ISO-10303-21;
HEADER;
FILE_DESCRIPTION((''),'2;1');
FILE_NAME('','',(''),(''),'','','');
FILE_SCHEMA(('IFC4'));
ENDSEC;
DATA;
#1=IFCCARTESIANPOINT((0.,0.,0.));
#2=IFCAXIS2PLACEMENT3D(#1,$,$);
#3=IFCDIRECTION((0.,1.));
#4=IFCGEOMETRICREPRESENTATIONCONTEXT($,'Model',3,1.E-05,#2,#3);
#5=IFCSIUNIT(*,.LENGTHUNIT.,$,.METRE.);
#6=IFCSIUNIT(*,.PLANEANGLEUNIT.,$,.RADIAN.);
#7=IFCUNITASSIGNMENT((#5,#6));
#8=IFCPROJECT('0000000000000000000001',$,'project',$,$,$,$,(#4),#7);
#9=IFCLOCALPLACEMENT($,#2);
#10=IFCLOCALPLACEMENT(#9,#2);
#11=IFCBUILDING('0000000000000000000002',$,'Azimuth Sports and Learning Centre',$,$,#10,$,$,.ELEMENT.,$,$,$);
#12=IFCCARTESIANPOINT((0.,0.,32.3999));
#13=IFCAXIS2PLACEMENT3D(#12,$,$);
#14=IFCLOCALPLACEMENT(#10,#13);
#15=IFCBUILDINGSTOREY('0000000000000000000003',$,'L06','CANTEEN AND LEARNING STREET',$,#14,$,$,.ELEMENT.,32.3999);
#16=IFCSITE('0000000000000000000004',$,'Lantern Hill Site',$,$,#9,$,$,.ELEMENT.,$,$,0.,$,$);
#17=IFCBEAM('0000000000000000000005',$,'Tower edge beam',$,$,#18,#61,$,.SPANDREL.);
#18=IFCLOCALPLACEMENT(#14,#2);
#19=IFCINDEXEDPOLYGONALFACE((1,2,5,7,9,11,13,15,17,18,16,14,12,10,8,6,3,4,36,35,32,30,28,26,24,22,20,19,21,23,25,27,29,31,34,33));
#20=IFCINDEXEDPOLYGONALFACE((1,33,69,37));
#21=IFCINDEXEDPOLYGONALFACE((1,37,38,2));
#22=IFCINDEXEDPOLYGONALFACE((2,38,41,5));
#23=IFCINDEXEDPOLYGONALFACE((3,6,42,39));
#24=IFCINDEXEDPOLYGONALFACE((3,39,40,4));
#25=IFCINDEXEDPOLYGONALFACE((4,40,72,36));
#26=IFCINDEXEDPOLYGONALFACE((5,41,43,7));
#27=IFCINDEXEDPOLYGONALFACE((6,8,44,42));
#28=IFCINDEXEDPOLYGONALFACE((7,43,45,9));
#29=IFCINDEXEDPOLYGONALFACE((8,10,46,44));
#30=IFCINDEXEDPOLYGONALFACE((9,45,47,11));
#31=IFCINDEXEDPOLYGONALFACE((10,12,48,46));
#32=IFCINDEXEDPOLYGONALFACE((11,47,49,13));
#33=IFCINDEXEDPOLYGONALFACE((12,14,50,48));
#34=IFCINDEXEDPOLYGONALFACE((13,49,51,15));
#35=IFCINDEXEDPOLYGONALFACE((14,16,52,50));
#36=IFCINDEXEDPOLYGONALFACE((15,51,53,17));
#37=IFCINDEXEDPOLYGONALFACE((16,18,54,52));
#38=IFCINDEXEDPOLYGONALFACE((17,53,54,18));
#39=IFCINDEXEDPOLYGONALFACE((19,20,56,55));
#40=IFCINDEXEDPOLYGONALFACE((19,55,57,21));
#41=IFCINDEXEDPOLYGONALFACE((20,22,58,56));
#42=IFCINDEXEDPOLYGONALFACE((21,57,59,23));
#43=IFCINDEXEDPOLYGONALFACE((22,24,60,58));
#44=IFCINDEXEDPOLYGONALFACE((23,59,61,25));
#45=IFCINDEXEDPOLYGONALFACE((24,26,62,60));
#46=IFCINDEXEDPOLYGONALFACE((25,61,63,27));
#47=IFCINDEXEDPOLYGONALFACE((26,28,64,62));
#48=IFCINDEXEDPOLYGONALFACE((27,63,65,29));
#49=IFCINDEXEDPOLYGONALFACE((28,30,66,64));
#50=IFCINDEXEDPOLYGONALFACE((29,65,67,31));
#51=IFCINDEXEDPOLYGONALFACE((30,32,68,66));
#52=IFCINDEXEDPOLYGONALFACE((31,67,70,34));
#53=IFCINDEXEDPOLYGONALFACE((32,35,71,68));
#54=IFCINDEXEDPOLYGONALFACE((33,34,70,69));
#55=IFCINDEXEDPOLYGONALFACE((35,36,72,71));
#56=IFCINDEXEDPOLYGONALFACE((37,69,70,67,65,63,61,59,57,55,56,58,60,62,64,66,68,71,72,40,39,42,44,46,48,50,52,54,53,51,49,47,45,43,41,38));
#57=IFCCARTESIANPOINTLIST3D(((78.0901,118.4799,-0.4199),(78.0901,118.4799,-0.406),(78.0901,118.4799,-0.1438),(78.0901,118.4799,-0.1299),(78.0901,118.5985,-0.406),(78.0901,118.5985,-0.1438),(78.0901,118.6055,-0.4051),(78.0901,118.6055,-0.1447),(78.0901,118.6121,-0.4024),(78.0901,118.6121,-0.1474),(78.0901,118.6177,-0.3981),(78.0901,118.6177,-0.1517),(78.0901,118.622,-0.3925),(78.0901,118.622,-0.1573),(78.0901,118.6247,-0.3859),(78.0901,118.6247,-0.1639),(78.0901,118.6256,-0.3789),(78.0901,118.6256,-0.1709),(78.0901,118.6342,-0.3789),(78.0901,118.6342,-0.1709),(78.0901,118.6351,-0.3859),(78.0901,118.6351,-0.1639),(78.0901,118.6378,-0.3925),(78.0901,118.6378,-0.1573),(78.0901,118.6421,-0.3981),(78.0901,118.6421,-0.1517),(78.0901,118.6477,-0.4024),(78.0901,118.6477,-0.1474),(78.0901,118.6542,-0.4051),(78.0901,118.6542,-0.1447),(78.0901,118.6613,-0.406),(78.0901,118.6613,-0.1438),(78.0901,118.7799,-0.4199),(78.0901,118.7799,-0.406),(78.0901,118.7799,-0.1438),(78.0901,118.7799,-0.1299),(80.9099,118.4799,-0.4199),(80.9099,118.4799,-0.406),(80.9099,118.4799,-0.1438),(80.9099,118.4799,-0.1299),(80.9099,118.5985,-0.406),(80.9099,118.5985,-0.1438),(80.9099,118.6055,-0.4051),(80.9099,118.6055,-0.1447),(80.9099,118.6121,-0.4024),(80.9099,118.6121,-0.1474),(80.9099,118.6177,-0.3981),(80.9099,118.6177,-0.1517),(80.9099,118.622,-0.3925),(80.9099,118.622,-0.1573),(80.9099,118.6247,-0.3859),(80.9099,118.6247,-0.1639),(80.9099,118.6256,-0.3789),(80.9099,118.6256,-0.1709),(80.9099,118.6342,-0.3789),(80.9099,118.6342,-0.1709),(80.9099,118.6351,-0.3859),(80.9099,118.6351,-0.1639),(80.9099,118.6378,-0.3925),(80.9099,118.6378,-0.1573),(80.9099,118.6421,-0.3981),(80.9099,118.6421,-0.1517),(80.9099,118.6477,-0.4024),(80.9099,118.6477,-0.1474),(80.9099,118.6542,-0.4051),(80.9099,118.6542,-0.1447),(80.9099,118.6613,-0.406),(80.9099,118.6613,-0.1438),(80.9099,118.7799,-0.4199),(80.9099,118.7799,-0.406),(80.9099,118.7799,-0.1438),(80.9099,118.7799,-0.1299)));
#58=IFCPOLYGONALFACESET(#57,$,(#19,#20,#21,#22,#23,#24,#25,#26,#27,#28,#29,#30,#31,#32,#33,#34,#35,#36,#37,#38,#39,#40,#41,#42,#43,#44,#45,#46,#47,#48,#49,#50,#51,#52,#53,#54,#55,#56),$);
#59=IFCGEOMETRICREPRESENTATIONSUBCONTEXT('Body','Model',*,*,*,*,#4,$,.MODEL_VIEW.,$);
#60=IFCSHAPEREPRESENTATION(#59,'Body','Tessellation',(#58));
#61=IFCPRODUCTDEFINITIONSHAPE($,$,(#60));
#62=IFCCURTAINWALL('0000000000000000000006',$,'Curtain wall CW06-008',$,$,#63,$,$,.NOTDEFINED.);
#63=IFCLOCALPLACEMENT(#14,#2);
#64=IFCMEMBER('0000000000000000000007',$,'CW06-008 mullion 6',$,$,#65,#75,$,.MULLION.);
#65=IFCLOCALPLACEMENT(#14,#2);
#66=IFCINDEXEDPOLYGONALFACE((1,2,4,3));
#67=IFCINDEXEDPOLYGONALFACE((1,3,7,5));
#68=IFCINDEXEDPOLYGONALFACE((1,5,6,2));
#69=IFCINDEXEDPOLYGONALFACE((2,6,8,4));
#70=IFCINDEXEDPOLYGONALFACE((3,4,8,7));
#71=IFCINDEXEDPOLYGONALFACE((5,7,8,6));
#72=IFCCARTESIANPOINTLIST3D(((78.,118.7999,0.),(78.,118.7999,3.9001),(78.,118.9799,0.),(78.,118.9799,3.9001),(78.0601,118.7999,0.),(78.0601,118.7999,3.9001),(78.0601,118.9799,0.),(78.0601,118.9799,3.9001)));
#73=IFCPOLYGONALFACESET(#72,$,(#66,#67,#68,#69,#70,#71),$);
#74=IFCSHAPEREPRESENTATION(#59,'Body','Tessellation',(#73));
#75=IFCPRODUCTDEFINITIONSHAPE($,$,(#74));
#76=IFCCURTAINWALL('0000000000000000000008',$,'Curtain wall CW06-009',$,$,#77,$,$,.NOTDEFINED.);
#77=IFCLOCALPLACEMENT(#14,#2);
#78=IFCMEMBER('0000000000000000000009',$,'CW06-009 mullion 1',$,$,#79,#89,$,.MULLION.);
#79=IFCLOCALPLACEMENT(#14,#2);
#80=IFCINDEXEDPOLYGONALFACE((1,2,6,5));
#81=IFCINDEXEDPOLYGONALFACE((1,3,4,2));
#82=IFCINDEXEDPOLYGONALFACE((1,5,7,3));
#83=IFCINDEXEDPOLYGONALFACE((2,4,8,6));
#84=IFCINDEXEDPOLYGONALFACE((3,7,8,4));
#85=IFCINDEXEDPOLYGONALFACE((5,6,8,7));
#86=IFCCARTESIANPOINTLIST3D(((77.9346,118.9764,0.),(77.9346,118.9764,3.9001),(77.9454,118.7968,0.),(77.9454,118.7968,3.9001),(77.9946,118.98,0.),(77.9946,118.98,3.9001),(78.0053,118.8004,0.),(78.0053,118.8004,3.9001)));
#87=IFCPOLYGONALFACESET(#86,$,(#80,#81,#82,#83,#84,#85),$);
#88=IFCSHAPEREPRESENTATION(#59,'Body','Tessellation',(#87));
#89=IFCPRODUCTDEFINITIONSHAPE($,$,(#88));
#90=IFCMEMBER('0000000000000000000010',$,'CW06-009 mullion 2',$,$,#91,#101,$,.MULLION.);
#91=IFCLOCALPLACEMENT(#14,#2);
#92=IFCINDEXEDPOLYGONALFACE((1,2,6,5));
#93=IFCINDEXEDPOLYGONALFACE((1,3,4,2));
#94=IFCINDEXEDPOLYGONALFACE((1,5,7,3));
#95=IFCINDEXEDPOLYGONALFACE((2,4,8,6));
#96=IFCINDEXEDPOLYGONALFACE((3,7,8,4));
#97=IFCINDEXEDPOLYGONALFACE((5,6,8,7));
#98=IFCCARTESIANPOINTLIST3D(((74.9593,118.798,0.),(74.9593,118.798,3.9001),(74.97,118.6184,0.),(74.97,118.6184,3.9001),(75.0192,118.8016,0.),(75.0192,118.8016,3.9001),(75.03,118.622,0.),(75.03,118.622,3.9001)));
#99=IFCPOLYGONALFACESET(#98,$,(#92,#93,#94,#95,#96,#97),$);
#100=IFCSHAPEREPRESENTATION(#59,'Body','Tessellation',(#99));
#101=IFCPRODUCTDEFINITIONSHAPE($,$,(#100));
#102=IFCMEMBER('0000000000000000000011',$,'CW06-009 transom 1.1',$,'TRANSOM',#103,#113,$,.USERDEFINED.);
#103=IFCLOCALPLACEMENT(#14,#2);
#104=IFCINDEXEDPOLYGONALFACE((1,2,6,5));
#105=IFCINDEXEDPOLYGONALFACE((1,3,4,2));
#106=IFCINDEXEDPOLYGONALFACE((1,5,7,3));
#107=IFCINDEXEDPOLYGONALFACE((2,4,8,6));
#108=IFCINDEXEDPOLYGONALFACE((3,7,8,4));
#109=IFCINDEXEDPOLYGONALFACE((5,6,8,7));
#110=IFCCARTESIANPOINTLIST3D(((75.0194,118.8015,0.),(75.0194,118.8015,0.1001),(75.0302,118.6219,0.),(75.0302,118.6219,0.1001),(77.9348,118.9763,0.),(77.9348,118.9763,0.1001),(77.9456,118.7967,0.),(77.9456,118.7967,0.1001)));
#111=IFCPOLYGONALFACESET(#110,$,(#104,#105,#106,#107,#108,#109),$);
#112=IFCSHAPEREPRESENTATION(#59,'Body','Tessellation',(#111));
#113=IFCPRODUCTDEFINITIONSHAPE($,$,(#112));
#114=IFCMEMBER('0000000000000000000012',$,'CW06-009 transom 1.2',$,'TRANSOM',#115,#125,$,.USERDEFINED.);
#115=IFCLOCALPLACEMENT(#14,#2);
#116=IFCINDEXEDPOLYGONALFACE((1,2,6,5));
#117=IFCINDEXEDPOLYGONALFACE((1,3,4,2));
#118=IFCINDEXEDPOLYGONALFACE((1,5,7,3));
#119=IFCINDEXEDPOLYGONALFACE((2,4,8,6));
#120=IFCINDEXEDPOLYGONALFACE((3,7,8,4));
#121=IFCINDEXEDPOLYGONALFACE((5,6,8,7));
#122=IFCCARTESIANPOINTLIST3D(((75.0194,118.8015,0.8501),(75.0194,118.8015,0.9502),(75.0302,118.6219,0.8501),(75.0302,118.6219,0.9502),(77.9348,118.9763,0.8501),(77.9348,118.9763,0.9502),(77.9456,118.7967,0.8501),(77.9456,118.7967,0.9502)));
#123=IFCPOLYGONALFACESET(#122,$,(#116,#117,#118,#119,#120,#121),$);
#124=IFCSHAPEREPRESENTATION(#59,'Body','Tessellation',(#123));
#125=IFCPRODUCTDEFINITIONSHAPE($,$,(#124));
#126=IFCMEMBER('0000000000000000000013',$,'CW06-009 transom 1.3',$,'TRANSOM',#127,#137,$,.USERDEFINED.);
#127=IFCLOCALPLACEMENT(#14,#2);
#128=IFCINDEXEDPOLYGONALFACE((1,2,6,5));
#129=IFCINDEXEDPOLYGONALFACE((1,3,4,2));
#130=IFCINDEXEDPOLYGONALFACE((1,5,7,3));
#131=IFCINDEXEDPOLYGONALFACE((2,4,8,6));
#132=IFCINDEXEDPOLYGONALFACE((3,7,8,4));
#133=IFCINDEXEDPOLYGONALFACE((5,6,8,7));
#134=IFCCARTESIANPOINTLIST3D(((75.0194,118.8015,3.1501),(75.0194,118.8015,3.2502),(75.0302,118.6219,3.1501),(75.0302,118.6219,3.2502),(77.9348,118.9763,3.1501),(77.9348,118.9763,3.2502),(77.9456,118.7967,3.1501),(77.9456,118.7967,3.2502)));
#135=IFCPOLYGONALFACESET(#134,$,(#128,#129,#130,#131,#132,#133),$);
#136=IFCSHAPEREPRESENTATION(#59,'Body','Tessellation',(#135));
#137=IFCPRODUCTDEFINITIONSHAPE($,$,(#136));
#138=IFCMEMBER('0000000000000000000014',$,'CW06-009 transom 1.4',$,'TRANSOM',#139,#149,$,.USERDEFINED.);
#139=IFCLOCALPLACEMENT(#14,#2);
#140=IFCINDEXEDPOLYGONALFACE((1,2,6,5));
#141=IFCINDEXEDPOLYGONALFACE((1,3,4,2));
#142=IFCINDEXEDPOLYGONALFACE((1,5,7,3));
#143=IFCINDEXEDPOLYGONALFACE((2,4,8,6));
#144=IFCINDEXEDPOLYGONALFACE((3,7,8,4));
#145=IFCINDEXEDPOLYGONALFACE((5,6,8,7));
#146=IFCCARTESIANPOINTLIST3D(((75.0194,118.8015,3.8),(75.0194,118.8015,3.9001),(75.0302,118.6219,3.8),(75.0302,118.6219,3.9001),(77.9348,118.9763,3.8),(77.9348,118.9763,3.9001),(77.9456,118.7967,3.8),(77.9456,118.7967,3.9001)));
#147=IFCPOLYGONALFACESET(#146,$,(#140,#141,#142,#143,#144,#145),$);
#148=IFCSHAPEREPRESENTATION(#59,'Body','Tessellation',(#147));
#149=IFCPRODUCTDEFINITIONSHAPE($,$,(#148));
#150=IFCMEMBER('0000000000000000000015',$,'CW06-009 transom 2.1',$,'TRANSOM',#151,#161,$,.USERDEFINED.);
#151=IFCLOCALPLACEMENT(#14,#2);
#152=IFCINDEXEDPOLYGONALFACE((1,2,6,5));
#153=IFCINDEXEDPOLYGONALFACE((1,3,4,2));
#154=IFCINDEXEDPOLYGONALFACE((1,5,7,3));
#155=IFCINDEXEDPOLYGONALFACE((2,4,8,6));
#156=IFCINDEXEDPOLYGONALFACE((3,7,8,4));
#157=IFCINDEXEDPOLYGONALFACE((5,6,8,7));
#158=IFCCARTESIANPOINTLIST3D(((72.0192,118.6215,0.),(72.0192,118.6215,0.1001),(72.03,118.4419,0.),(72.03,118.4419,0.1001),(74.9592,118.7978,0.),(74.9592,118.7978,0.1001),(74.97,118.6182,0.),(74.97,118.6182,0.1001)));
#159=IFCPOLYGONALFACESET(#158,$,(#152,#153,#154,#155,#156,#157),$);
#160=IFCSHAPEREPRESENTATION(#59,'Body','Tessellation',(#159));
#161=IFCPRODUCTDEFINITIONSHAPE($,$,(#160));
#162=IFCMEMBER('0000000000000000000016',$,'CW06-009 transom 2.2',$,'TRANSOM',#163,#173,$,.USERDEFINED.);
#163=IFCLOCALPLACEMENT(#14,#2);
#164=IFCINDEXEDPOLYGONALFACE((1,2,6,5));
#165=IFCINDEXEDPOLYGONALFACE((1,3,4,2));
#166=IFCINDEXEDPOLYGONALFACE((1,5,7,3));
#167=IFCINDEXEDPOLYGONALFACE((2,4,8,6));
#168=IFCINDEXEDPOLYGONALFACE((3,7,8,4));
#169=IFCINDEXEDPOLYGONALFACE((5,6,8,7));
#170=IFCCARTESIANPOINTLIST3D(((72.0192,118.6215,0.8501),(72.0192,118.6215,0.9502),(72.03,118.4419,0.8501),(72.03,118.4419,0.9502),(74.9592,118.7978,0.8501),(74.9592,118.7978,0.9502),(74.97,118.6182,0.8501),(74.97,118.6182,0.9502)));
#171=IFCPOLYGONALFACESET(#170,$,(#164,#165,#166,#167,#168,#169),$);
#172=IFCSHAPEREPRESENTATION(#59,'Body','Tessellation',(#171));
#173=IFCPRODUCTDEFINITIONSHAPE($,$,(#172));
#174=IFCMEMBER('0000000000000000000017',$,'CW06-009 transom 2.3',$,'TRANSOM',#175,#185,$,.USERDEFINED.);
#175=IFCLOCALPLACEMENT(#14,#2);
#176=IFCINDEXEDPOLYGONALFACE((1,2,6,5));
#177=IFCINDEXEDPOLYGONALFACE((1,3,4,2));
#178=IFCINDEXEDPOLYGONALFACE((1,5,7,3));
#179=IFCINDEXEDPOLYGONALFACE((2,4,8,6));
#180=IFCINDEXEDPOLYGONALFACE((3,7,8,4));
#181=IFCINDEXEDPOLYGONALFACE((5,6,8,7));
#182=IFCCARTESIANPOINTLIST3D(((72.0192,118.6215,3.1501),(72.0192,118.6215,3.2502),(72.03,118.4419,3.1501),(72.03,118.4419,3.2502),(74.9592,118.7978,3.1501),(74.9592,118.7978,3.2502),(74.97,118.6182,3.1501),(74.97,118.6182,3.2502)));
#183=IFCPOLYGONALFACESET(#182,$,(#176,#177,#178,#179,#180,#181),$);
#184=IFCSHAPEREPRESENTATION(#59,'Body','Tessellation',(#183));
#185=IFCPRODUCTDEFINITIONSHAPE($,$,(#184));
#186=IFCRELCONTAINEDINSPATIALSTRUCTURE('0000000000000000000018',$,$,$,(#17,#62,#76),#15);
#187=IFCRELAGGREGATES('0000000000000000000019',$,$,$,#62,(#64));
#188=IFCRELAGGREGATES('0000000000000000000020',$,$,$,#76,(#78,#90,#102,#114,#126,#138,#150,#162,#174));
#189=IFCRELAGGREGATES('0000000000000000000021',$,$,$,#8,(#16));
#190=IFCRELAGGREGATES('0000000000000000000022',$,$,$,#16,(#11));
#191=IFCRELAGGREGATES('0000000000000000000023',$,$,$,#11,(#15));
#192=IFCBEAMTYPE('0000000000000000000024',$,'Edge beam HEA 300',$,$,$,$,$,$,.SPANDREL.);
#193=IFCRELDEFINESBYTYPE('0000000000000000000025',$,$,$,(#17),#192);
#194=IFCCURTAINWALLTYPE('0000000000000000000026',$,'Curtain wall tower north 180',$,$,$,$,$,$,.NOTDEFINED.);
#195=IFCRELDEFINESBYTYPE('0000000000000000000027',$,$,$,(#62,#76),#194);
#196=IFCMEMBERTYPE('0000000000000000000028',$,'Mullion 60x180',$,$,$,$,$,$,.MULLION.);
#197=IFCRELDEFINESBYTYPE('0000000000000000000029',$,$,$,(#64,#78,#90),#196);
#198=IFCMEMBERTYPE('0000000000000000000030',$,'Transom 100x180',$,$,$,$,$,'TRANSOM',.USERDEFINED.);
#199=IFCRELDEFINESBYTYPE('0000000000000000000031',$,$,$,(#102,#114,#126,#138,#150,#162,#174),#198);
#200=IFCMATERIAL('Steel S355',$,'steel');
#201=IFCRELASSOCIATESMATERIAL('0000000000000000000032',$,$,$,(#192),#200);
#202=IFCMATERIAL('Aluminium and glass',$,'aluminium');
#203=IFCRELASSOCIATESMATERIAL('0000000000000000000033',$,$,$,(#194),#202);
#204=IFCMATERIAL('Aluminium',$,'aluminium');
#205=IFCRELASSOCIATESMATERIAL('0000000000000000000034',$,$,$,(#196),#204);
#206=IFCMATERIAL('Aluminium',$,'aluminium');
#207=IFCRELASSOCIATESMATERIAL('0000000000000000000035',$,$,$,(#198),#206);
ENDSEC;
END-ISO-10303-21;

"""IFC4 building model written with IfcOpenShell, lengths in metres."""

from ifc_helpers import new_model, si_unit, direction, frame, origin, origin_2d, place, context, subcontext, project, spatial, rectangle, i_section, extrude, material, material_profile, profile_set, type_object, element, aggregate, save


model = new_model("IFC4")

# Units and contexts
model_context = context("Model", 3, precision=1e-05, world=origin(), true_north=direction((0.0, 1.0)))
body_context = subcontext(model_context, "Body", "Model", "MODEL_VIEW")
ifc_project = project(units=[si_unit("LENGTHUNIT", "METRE"), si_unit("PLANEANGLEUNIT", "RADIAN")], contexts=[model_context])

# Site, building, storey
site_placement = place(None, origin())
site = spatial("IfcSite", under=ifc_project, at=site_placement, Name="Lantern Hill Site", CompositionType="ELEMENT", RefElevation=0.0)
building_placement = place(site_placement, origin())
building = spatial("IfcBuilding", under=site, at=building_placement, Name="Azimuth Sports and Learning Centre", CompositionType="ELEMENT")
storey_placement = place(building_placement, frame((0.0, 0.0, 32.3999)))
storey = spatial("IfcBuildingStorey", under=building, at=storey_placement, Name="L06", Description="CANTEEN AND LEARNING STREET", CompositionType="ELEMENT", Elevation=32.3999)

# Beam
ifc_material_1 = material(Name="Steel S355", Category="steel")
ifc_material_profile_1 = material_profile(ifc_material_1, i_section(OverallWidth=0.3, OverallDepth=0.29, WebThickness=0.0085, FlangeThickness=0.0139, FilletRadius=0.0271, at=origin_2d()), Name="HEA 300")
ifc_profile_set_1 = profile_set([ifc_material_profile_1], Name="Steel S355")
beam_type = type_object("IfcBeamType", Name="Edge beam HEA 300", PredefinedType="SPANDREL", material=ifc_profile_set_1)
beam_placement = place(storey_placement, frame((78.0901, 118.6299, -0.2749), z_axis=(1.0, 0.0, 0.0), x_axis=(0.0, 1.0, 0.0)))
element("IfcBeam", 1, at=beam_placement, inside=storey, type_object=beam_type, Name="Tower edge beam", PredefinedType="SPANDREL", context=body_context, shape_type="SweptSolid", body=[
    extrude(i_section(OverallWidth=0.3, OverallDepth=0.29, WebThickness=0.0085, FlangeThickness=0.0139, FilletRadius=0.0271, at=origin_2d()), origin(), (0.0, 0.0, 1.0), 2.8198),
])

# Curtain wall, member
ifc_material_2 = material(Name="Aluminium and glass", Category="aluminium")
curtain_wall_type = type_object("IfcCurtainWallType", Name="Curtain wall tower north 180", PredefinedType="NOTDEFINED", material=ifc_material_2)
curtain_wall_1_placement = place(storey_placement, origin())
curtain_wall_1 = element("IfcCurtainWall", 2, at=curtain_wall_1_placement, inside=storey, type_object=curtain_wall_type, Name="Curtain wall CW06-008", PredefinedType="NOTDEFINED")
ifc_material_3 = material(Name="Aluminium", Category="aluminium")
ifc_material_profile_2 = material_profile(ifc_material_3, rectangle(XDim=0.1799, YDim=0.0601, at=origin_2d()), Name="Mullion 60x180")
ifc_profile_set_2 = profile_set([ifc_material_profile_2], Name="Aluminium")
member_type_1 = type_object("IfcMemberType", Name="Mullion 60x180", PredefinedType="MULLION", material=ifc_profile_set_2)
member_1_placement = place(storey_placement, frame((78.03, 118.8899, 0.0), z_axis=(0.0, 0.0, 1.0), x_axis=(0.0, -1.0, 0.0)))
member_1 = element("IfcMember", 3, at=member_1_placement, type_object=member_type_1, Name="CW06-008 mullion 6", PredefinedType="MULLION", context=body_context, shape_type="SweptSolid", body=[
    extrude(rectangle(XDim=0.1799, YDim=0.0601, at=origin_2d()), origin(), (0.0, 0.0, 1.0), 3.9001),
])

# Curtain wall, members
curtain_wall_2_placement = place(storey_placement, origin())
curtain_wall_2 = element("IfcCurtainWall", 4, at=curtain_wall_2_placement, inside=storey, type_object=curtain_wall_type, Name="Curtain wall CW06-009", PredefinedType="NOTDEFINED")
member_2_placement = place(storey_placement, frame((77.97, 118.8884, 0.0), z_axis=(0.0, 0.0, 1.0), x_axis=(0.059892, -0.998205, 0.0)))
member_2 = element("IfcMember", 5, at=member_2_placement, type_object=member_type_1, Name="CW06-009 mullion 1", PredefinedType="MULLION", context=body_context, shape_type="SweptSolid", body=[
    extrude(rectangle(XDim=0.1799, YDim=0.0601, at=origin_2d()), origin(), (0.0, 0.0, 1.0), 3.9001),
])
member_3_placement = place(storey_placement, frame((74.9946, 118.71, 0.0), z_axis=(0.0, 0.0, 1.0), x_axis=(0.059892, -0.998205, 0.0)))
member_3 = element("IfcMember", 6, at=member_3_placement, type_object=member_type_1, Name="CW06-009 mullion 2", PredefinedType="MULLION", context=body_context, shape_type="SweptSolid", body=[
    extrude(rectangle(XDim=0.1799, YDim=0.0601, at=origin_2d()), origin(), (0.0, 0.0, 1.0), 3.9001),
])
ifc_material_4 = material(Name="Aluminium", Category="aluminium")
ifc_material_profile_3 = material_profile(ifc_material_4, rectangle(XDim=0.1799, YDim=0.1001, at=origin_2d()), Name="Transom 100x180")
ifc_profile_set_3 = profile_set([ifc_material_profile_3], Name="Aluminium")
member_type_2 = type_object("IfcMemberType", Name="Transom 100x180", ElementType="TRANSOM", PredefinedType="USERDEFINED", material=ifc_profile_set_3)
member_4_placement = place(storey_placement, frame((77.9402, 118.8865, 0.05), z_axis=(-0.998207, -0.059849, 0.0), x_axis=(0.059849, -0.998207, 0.0)))
member_4 = element("IfcMember", 7, at=member_4_placement, type_object=member_type_2, Name="CW06-009 transom 1.1", ObjectType="TRANSOM", PredefinedType="USERDEFINED", context=body_context, shape_type="SweptSolid", body=[
    extrude(rectangle(XDim=0.1799, YDim=0.1001, at=origin_2d()), origin(), (0.0, 0.0, 1.0), 2.9207),
])
member_5_placement = place(storey_placement, frame((77.9402, 118.8865, 0.9001), z_axis=(-0.998207, -0.059849, 0.0), x_axis=(0.059849, -0.998207, 0.0)))
member_5 = element("IfcMember", 8, at=member_5_placement, type_object=member_type_2, Name="CW06-009 transom 1.2", ObjectType="TRANSOM", PredefinedType="USERDEFINED", context=body_context, shape_type="SweptSolid", body=[
    extrude(rectangle(XDim=0.1799, YDim=0.1001, at=origin_2d()), origin(), (0.0, 0.0, 1.0), 2.9207),
])
member_6_placement = place(storey_placement, frame((77.9402, 118.8865, 3.2002), z_axis=(-0.998207, -0.059849, 0.0), x_axis=(0.059849, -0.998207, 0.0)))
member_6 = element("IfcMember", 9, at=member_6_placement, type_object=member_type_2, Name="CW06-009 transom 1.3", ObjectType="TRANSOM", PredefinedType="USERDEFINED", context=body_context, shape_type="SweptSolid", body=[
    extrude(rectangle(XDim=0.1799, YDim=0.1001, at=origin_2d()), origin(), (0.0, 0.0, 1.0), 2.9207),
])
member_7_placement = place(storey_placement, frame((77.9402, 118.8865, 3.8501), z_axis=(-0.998207, -0.059849, 0.0), x_axis=(0.059849, -0.998207, 0.0)))
member_7 = element("IfcMember", 10, at=member_7_placement, type_object=member_type_2, Name="CW06-009 transom 1.4", ObjectType="TRANSOM", PredefinedType="USERDEFINED", context=body_context, shape_type="SweptSolid", body=[
    extrude(rectangle(XDim=0.1799, YDim=0.1001, at=origin_2d()), origin(), (0.0, 0.0, 1.0), 2.9207),
])
member_8_placement = place(storey_placement, frame((74.9646, 118.708, 0.05), z_axis=(-0.998207, -0.059849, 0.0), x_axis=(0.059849, -0.998207, 0.0)))
member_8 = element("IfcMember", 11, at=member_8_placement, type_object=member_type_2, Name="CW06-009 transom 2.1", ObjectType="TRANSOM", PredefinedType="USERDEFINED", context=body_context, shape_type="SweptSolid", body=[
    extrude(rectangle(XDim=0.1799, YDim=0.1001, at=origin_2d()), origin(), (0.0, 0.0, 1.0), 2.9453),
])
member_9_placement = place(storey_placement, frame((74.9646, 118.708, 0.9001), z_axis=(-0.998207, -0.059849, 0.0), x_axis=(0.059849, -0.998207, 0.0)))
member_9 = element("IfcMember", 12, at=member_9_placement, type_object=member_type_2, Name="CW06-009 transom 2.2", ObjectType="TRANSOM", PredefinedType="USERDEFINED", context=body_context, shape_type="SweptSolid", body=[
    extrude(rectangle(XDim=0.1799, YDim=0.1001, at=origin_2d()), origin(), (0.0, 0.0, 1.0), 2.9453),
])
member_10_placement = place(storey_placement, frame((74.9646, 118.708, 3.2002), z_axis=(-0.998207, -0.059849, 0.0), x_axis=(0.059849, -0.998207, 0.0)))
member_10 = element("IfcMember", 13, at=member_10_placement, type_object=member_type_2, Name="CW06-009 transom 2.3", ObjectType="TRANSOM", PredefinedType="USERDEFINED", context=body_context, shape_type="SweptSolid", body=[
    extrude(rectangle(XDim=0.1799, YDim=0.1001, at=origin_2d()), origin(), (0.0, 0.0, 1.0), 2.9453),
])

aggregate(curtain_wall_1, [member_1])
aggregate(curtain_wall_2, [member_2, member_3, member_4, member_5, member_6, member_7, member_8, member_9, member_10])

save(model, "model.ifc")
